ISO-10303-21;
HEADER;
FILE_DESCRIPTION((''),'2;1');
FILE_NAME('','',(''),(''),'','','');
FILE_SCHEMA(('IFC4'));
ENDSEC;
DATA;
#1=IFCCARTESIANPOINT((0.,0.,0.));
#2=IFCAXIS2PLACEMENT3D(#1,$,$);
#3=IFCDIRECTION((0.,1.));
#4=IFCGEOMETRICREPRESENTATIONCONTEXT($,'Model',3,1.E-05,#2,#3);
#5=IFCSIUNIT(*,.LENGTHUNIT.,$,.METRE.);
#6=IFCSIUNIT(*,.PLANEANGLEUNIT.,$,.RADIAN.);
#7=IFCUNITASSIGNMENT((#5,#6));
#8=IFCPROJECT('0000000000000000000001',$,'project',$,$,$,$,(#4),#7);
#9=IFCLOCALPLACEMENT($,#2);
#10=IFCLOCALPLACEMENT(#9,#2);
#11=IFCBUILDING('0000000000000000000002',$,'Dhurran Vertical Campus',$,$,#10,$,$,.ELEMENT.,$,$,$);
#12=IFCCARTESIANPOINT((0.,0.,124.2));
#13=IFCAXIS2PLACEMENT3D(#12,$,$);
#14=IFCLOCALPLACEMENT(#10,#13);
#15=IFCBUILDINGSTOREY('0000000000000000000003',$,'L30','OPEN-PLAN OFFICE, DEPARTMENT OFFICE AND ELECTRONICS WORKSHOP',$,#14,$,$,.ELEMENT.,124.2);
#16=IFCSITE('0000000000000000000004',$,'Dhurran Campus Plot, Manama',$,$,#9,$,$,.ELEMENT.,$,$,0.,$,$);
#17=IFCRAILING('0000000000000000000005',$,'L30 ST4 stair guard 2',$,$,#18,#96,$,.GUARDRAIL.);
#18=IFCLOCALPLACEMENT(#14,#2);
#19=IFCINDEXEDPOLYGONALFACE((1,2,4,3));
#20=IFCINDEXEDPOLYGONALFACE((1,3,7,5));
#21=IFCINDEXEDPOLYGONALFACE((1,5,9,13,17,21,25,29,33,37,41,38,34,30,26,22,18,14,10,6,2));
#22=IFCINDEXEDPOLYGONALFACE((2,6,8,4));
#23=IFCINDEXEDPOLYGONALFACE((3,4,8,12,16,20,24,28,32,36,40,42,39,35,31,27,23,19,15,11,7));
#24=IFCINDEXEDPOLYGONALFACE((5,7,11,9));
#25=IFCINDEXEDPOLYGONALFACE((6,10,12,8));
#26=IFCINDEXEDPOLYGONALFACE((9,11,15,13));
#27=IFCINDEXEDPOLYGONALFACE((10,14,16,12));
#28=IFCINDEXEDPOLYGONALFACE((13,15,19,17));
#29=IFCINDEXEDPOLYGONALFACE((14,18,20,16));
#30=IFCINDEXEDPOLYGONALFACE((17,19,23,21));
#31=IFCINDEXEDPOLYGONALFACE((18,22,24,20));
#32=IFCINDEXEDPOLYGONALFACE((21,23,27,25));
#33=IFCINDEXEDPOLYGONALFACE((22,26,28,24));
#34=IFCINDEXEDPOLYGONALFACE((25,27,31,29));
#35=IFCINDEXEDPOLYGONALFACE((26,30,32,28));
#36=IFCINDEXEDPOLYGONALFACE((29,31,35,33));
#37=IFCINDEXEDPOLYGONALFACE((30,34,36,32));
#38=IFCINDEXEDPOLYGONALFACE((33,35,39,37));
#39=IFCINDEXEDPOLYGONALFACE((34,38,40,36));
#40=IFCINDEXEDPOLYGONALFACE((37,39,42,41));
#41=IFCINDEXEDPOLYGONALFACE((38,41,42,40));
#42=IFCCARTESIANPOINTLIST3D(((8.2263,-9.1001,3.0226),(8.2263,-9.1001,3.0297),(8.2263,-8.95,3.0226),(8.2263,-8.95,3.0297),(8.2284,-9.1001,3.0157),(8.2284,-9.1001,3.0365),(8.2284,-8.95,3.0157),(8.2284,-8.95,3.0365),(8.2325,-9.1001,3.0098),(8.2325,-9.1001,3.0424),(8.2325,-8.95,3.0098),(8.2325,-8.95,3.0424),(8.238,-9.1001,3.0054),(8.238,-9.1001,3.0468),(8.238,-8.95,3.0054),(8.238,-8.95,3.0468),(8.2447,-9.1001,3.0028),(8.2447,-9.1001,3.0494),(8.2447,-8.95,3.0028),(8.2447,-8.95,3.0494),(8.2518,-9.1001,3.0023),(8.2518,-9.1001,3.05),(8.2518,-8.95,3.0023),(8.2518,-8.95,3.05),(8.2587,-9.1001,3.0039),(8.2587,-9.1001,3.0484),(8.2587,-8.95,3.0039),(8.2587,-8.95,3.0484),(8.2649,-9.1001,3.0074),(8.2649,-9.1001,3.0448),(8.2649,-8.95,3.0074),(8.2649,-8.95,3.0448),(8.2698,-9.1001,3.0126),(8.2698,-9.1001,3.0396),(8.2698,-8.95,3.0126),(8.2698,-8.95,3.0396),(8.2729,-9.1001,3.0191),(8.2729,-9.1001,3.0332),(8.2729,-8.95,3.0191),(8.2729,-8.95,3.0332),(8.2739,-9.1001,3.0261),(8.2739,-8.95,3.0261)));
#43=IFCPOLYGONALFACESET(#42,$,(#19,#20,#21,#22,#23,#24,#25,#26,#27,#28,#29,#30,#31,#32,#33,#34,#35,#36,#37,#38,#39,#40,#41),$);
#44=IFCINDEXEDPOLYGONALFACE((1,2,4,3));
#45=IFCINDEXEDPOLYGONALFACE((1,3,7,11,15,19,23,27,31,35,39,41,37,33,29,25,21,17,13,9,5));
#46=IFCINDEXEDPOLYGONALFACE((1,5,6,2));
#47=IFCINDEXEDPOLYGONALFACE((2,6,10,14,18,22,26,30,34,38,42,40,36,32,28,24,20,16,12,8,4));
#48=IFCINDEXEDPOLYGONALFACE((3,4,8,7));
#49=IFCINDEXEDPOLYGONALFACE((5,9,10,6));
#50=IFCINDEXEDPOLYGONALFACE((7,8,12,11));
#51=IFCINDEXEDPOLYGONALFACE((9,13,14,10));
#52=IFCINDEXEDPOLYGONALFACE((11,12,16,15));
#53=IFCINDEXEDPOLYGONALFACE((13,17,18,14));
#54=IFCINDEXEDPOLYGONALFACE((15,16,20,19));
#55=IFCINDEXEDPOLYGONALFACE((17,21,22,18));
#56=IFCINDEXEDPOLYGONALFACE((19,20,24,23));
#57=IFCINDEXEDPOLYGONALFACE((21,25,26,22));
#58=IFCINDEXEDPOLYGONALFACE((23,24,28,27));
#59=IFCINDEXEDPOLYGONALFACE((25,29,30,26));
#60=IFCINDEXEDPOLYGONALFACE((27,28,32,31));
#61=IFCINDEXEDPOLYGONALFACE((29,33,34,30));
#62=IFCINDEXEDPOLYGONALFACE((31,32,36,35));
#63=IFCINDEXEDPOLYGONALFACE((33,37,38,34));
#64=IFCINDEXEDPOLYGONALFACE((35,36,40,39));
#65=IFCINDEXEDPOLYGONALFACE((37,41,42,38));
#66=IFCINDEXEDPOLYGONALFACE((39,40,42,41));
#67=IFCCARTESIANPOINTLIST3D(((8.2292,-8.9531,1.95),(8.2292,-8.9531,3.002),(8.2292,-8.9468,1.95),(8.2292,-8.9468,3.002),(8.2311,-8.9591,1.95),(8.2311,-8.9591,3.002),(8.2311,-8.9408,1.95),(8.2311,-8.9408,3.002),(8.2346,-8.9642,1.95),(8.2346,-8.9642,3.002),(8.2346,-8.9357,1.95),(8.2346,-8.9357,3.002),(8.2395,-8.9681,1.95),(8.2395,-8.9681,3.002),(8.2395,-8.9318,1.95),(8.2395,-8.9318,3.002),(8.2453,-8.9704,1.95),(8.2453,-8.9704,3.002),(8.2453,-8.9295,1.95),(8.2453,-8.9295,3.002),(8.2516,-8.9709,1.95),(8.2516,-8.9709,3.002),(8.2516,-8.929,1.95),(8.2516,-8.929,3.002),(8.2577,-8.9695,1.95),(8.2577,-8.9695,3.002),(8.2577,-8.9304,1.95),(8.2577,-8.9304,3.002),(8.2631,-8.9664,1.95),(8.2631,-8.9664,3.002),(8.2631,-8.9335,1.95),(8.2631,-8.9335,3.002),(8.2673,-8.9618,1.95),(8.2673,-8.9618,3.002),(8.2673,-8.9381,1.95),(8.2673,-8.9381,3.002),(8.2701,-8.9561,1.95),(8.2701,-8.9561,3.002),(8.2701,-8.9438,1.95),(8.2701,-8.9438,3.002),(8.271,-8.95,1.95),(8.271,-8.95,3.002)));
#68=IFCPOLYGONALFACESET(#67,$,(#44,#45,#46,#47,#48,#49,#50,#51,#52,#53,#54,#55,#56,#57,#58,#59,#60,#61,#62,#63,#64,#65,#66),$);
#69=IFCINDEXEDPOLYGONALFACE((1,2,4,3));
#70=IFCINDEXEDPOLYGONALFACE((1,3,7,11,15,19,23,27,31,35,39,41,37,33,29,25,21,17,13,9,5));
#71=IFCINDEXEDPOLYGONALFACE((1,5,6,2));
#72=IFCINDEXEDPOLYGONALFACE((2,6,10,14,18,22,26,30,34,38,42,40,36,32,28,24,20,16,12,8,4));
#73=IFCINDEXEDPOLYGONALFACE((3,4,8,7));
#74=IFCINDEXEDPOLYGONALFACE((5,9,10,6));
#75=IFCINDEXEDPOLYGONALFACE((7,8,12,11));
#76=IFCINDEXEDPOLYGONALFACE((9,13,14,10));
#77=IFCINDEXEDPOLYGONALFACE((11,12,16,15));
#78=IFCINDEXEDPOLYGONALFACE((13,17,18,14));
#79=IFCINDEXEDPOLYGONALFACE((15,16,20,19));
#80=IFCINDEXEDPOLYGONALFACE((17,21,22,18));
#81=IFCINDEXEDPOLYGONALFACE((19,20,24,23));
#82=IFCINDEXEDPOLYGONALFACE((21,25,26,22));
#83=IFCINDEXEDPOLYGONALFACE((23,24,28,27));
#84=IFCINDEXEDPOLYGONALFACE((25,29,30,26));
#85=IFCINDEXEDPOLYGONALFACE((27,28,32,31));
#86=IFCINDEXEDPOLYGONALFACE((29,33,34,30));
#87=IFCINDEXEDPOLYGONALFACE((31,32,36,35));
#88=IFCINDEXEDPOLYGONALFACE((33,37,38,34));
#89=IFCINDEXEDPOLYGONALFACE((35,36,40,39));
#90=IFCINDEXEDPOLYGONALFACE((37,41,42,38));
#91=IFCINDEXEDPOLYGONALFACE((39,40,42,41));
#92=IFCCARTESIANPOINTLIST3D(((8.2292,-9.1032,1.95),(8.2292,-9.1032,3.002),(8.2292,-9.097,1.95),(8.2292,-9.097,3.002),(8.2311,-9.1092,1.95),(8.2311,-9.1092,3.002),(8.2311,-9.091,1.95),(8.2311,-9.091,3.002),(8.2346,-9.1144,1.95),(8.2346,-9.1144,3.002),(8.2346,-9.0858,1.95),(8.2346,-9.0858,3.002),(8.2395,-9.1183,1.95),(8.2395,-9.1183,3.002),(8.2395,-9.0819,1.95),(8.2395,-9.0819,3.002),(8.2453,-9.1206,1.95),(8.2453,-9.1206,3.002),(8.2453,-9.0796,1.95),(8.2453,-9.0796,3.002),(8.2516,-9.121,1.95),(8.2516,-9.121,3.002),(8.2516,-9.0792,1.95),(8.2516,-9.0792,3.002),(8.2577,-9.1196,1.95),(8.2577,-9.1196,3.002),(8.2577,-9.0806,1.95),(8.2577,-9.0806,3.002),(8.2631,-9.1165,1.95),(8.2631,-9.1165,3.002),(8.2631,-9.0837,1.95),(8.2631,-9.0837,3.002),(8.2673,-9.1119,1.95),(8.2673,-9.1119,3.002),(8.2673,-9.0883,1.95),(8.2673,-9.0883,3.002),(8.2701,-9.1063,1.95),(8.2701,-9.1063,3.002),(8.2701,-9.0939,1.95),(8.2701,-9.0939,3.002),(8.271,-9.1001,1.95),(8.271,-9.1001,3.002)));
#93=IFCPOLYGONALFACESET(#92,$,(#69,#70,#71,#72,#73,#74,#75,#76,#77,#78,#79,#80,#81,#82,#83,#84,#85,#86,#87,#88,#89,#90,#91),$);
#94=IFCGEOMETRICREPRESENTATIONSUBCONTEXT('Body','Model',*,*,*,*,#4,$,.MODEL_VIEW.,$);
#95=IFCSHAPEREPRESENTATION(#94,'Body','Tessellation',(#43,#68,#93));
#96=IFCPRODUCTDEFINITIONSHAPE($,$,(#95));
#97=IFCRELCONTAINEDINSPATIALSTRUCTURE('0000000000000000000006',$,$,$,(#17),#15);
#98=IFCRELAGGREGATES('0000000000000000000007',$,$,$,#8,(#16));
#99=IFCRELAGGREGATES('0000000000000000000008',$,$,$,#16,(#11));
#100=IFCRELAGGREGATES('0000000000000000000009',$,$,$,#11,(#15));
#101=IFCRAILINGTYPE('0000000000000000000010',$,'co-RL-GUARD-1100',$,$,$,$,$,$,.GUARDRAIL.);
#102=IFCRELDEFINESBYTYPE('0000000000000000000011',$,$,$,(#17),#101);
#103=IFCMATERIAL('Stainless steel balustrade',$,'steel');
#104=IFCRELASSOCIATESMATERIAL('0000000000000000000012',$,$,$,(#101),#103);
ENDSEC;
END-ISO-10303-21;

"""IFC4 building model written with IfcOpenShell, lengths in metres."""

from ifc_helpers import new_model, si_unit, direction, frame, origin, origin_2d, place, context, subcontext, project, spatial, circle, extrude, material, type_object, element, save


model = new_model("IFC4")

# Units and contexts
model_context = context("Model", 3, precision=1e-05, world=origin(), true_north=direction((0.0, 1.0)))
body_context = subcontext(model_context, "Body", "Model", "MODEL_VIEW")
ifc_project = project(units=[si_unit("LENGTHUNIT", "METRE"), si_unit("PLANEANGLEUNIT", "RADIAN")], contexts=[model_context])

# Site, building, storey
site_placement = place(None, origin())
site = spatial("IfcSite", under=ifc_project, at=site_placement, Name="Dhurran Campus Plot, Manama", CompositionType="ELEMENT", RefElevation=0.0)
building_placement = place(site_placement, origin())
building = spatial("IfcBuilding", under=site, at=building_placement, Name="Dhurran Vertical Campus", CompositionType="ELEMENT")
storey_placement = place(building_placement, frame((0.0, 0.0, 124.2)))
storey = spatial("IfcBuildingStorey", under=building, at=storey_placement, Name="L30", Description="OPEN-PLAN OFFICE, DEPARTMENT OFFICE AND ELECTRONICS WORKSHOP", CompositionType="ELEMENT", Elevation=124.2)

# Railing
ifc_material_1 = material(Name="Stainless steel balustrade", Category="steel")
railing_type_1 = type_object("IfcRailingType", Name="co-RL-GUARD-1100", PredefinedType="GUARDRAIL", material=ifc_material_1)
railing_1_placement = place(storey_placement, frame((8.25, -8.95, 1.95)))
element("IfcRailing", 1, at=railing_1_placement, inside=storey, type_object=railing_type_1, Name="L30 ST4 stair guard 2", PredefinedType="GUARDRAIL", context=body_context, shape_type="SweptSolid", body=[
    extrude(circle(Radius=0.0239, at=origin_2d()), frame((0.0, 0.0, 1.0762), z_axis=(0.0, -1.0, 0.0), x_axis=(1.0, 0.0, 0.0)), (0.0, 0.0, 1.0), 0.1501),
    extrude(circle(Radius=0.021, at=origin_2d()), origin(), (0.0, 0.0, 1.0), 1.052),
    extrude(circle(Radius=0.021, at=origin_2d()), frame((0.0, -0.1501, 0.0)), (0.0, 0.0, 1.0), 1.052),
])

save(model, "model.ifc")
